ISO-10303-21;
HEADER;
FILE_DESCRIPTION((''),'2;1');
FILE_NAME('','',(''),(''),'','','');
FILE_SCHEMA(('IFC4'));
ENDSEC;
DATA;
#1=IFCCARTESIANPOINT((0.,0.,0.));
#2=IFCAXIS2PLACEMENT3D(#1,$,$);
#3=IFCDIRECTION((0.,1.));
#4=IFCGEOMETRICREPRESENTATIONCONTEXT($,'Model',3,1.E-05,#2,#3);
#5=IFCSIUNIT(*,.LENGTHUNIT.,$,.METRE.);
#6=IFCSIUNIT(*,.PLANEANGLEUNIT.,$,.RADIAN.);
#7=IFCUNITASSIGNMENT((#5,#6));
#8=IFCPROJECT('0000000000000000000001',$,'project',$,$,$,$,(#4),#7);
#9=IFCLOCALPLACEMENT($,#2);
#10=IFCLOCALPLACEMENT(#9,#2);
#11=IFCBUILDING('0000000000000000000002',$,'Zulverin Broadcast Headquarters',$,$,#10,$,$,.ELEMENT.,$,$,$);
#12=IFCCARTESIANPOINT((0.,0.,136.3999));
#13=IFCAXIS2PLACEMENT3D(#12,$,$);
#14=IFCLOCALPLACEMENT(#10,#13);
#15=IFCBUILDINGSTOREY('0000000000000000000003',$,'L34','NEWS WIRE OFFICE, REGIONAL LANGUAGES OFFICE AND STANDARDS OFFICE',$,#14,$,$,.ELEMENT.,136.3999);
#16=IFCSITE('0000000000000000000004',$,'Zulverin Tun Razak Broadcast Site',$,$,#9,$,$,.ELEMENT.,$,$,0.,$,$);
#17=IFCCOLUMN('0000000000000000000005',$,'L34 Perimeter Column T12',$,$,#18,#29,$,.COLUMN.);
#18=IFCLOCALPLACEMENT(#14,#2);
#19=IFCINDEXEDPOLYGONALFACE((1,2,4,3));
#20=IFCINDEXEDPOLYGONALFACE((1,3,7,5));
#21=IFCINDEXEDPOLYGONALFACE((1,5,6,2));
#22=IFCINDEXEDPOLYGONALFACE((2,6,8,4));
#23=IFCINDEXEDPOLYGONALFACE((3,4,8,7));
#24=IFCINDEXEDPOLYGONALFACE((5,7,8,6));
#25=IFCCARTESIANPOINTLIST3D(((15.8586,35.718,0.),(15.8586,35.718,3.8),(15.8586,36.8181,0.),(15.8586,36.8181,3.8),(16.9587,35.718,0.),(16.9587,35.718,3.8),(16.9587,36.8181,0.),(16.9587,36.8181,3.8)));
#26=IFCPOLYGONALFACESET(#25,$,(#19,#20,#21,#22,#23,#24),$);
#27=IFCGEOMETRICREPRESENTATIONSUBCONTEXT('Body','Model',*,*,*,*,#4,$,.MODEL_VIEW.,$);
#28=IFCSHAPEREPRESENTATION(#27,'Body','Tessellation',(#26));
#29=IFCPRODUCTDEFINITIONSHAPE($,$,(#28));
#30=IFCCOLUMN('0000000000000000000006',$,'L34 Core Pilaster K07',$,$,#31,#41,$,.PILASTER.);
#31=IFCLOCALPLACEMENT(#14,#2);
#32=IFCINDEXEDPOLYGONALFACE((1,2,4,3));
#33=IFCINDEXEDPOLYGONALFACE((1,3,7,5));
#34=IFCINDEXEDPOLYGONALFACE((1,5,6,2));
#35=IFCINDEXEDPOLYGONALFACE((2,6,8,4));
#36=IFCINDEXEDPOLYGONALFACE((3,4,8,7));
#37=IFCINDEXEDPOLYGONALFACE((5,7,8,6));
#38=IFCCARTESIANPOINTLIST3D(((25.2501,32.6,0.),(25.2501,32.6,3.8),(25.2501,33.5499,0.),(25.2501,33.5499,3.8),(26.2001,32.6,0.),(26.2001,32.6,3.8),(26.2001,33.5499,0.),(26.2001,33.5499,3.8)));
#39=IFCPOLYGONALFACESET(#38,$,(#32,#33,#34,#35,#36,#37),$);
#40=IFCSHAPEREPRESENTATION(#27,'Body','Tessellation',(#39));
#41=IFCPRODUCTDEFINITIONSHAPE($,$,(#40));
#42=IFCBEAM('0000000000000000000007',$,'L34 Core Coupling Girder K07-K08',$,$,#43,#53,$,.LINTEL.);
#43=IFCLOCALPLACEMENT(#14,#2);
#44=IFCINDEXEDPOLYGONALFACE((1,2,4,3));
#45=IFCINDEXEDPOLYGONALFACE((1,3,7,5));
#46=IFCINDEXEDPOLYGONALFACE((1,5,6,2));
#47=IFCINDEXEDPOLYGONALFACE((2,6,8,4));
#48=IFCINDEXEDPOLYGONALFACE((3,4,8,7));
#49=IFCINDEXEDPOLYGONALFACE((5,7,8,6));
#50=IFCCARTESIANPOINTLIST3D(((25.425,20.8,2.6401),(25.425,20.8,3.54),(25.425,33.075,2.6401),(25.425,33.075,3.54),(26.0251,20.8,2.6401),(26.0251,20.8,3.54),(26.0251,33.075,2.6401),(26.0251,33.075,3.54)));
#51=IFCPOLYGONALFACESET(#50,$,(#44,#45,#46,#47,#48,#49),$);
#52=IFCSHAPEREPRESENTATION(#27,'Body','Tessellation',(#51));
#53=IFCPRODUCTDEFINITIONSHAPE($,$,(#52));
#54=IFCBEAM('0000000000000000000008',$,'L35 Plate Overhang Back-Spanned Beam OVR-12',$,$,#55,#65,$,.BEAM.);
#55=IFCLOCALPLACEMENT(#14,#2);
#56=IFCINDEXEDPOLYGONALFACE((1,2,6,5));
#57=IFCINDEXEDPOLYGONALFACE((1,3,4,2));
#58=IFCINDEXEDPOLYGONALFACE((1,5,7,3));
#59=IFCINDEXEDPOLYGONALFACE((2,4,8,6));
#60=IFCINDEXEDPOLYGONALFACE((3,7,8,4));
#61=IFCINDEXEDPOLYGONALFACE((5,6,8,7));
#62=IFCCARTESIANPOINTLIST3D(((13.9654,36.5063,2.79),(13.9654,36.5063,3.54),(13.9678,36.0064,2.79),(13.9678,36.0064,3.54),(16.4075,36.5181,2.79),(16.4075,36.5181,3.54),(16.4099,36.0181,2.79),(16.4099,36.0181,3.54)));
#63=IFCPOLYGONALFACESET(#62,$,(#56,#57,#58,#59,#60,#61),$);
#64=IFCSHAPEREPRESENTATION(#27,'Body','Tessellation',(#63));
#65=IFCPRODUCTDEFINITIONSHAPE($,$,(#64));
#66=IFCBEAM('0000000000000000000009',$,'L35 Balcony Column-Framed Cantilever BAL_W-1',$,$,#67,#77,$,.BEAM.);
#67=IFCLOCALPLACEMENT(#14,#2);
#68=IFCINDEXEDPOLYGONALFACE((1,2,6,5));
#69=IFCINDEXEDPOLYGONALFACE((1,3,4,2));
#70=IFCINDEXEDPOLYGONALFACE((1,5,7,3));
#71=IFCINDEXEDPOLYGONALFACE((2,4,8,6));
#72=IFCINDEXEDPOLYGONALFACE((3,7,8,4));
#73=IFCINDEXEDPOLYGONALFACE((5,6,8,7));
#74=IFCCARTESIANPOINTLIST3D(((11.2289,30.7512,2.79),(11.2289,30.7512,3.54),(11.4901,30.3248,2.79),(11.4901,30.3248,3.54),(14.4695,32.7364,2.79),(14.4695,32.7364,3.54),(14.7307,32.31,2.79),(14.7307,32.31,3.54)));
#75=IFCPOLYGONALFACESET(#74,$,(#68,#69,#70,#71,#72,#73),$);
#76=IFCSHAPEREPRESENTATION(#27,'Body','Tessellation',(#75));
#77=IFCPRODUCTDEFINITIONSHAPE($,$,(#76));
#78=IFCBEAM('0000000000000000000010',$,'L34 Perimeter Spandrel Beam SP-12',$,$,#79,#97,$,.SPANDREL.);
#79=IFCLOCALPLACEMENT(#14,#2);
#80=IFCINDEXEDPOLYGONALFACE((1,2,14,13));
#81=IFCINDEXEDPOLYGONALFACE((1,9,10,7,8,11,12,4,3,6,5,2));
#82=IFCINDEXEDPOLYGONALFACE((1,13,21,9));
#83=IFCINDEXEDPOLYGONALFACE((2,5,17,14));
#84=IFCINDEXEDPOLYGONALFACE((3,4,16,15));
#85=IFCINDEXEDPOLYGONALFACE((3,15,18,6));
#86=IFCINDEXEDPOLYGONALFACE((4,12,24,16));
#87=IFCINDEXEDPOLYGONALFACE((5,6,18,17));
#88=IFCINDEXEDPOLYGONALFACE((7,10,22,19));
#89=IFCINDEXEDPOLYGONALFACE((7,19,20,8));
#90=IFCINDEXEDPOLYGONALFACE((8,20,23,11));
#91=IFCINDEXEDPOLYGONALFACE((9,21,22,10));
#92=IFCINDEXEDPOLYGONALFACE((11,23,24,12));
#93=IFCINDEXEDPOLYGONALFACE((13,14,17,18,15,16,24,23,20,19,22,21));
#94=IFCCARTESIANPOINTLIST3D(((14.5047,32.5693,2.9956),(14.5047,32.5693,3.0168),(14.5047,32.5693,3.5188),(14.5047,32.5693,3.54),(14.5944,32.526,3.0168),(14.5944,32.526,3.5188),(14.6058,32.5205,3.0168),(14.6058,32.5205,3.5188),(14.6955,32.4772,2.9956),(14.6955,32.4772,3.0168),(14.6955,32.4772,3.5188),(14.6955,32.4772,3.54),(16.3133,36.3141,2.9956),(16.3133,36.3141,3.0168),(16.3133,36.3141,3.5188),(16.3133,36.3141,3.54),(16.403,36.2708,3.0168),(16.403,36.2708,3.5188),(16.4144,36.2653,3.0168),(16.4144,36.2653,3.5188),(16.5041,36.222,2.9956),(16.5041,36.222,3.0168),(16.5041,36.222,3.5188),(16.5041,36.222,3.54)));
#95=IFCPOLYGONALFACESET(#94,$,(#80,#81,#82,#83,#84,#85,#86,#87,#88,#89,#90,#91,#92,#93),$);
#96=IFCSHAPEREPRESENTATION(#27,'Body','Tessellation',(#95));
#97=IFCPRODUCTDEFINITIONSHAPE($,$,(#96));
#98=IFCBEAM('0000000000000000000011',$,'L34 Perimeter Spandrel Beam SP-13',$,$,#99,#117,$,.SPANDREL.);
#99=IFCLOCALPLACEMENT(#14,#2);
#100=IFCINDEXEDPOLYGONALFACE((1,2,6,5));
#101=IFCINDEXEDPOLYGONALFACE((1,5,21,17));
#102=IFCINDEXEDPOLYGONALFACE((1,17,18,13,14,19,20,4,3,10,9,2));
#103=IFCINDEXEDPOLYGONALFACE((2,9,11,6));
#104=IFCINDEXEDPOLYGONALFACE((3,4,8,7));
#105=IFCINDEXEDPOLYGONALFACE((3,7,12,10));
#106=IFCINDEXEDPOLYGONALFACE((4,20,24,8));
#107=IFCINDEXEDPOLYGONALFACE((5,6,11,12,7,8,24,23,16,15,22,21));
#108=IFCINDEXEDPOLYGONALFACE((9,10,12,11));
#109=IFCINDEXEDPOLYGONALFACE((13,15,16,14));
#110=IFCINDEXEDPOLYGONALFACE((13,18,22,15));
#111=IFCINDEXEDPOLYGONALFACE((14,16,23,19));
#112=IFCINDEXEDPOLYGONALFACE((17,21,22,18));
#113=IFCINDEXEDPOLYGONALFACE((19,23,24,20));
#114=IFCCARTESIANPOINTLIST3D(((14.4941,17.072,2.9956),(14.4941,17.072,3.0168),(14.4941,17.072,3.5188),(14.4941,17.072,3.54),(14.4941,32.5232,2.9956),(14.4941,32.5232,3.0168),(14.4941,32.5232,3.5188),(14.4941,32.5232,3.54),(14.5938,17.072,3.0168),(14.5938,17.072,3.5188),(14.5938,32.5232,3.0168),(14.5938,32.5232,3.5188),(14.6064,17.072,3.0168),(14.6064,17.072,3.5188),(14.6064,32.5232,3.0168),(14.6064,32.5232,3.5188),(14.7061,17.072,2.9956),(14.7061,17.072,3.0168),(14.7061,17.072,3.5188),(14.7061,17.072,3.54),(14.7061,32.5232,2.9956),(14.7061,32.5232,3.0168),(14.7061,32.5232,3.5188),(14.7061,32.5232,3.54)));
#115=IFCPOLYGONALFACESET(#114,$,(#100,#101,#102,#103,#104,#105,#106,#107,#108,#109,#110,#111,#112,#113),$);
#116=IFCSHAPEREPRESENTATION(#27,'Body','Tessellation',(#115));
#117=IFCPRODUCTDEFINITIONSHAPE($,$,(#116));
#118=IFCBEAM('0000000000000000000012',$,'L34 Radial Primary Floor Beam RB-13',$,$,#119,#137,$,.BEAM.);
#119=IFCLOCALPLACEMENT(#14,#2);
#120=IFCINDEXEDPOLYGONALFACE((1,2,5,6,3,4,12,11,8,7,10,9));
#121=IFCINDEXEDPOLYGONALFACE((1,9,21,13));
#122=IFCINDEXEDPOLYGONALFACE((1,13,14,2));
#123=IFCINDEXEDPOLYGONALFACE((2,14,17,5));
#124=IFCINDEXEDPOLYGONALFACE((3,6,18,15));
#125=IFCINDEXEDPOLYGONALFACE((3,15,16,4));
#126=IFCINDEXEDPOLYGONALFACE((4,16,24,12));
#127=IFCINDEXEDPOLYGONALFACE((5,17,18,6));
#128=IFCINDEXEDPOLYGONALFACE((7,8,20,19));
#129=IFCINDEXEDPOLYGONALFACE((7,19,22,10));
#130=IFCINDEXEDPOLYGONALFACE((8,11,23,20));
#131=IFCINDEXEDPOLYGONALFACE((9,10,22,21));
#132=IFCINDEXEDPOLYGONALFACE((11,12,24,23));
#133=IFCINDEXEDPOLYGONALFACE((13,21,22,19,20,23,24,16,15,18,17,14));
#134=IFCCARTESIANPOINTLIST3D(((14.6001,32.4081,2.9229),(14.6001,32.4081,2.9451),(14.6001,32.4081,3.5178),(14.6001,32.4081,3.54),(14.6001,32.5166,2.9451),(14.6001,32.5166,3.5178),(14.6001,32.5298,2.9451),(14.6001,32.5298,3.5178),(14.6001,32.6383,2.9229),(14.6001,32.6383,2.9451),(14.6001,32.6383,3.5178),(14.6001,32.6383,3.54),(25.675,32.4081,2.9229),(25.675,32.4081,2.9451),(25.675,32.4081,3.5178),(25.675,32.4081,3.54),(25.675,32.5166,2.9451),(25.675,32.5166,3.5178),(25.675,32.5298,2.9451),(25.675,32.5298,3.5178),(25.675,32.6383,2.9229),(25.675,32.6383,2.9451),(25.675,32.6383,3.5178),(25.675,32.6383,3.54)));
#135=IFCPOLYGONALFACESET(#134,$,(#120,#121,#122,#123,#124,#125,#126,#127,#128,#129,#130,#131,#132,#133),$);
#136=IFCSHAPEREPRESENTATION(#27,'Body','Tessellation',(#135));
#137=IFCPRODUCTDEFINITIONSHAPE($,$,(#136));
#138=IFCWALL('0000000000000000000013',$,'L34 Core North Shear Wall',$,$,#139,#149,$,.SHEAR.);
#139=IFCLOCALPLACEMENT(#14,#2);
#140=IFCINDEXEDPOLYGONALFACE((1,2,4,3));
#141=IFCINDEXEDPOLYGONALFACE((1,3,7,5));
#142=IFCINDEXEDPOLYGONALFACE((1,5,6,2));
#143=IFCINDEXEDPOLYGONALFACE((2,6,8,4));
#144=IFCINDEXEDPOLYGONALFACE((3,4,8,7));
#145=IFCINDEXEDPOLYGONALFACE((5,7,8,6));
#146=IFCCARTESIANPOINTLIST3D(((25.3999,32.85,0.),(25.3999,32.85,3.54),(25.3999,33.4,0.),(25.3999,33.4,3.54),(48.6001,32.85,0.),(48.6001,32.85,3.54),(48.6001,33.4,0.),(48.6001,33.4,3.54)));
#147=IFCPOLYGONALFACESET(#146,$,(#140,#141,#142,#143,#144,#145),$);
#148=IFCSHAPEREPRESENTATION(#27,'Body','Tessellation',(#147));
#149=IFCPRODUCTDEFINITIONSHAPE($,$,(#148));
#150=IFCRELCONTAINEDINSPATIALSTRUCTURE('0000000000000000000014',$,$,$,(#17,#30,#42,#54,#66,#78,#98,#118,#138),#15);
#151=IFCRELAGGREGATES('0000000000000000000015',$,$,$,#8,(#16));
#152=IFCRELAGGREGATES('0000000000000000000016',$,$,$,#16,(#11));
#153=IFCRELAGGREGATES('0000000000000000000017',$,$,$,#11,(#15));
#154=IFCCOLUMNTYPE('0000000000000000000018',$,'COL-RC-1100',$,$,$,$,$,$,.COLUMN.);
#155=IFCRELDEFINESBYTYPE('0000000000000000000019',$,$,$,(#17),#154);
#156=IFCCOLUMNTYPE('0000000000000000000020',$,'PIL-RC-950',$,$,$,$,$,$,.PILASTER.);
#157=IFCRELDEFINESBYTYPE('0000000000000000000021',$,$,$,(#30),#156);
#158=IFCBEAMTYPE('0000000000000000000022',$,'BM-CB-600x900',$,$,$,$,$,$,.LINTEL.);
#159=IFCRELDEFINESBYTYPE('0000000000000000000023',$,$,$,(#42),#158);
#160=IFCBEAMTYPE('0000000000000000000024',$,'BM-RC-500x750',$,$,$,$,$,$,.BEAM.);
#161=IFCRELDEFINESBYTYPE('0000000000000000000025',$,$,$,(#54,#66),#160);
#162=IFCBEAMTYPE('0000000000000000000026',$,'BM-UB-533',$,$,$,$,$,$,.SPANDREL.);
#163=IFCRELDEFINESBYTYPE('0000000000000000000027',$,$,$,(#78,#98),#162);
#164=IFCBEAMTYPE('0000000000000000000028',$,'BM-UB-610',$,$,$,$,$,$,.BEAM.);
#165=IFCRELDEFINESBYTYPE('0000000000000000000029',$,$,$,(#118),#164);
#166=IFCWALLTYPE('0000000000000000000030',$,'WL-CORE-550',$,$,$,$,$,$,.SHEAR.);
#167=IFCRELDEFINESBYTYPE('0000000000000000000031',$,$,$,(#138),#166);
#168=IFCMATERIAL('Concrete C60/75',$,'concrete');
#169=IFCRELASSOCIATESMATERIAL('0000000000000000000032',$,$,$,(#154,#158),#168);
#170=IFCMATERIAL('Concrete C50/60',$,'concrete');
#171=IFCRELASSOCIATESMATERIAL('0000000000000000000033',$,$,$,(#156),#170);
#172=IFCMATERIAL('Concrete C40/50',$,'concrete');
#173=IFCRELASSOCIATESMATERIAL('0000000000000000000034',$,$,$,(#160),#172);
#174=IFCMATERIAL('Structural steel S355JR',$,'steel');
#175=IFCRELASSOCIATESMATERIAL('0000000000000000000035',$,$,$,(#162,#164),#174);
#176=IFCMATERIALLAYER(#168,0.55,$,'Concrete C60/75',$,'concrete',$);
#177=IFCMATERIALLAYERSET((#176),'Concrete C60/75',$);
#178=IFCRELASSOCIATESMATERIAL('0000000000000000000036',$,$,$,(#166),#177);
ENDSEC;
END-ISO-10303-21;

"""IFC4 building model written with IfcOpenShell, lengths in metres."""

from ifc_helpers import new_model, si_unit, direction, frame, frame_2d, origin, origin_2d, place, context, subcontext, project, spatial, rectangle, i_section, extrude, material, layer, layer_set, material_profile, profile_set, type_object, element, save


model = new_model("IFC4")

# Units and contexts
model_context = context("Model", 3, precision=1e-05, world=origin(), true_north=direction((0.0, 1.0)))
body_context = subcontext(model_context, "Body", "Model", "MODEL_VIEW")
ifc_project = project(units=[si_unit("LENGTHUNIT", "METRE"), si_unit("PLANEANGLEUNIT", "RADIAN")], contexts=[model_context])

# Site, building, storey
site_placement = place(None, origin())
site = spatial("IfcSite", under=ifc_project, at=site_placement, Name="Zulverin Tun Razak Broadcast Site", CompositionType="ELEMENT", RefElevation=0.0)
building_placement = place(site_placement, origin())
building = spatial("IfcBuilding", under=site, at=building_placement, Name="Zulverin Broadcast Headquarters", CompositionType="ELEMENT")
storey_placement = place(building_placement, frame((0.0, 0.0, 136.3999)))
storey = spatial("IfcBuildingStorey", under=building, at=storey_placement, Name="L34", Description="NEWS WIRE OFFICE, REGIONAL LANGUAGES OFFICE AND STANDARDS OFFICE", CompositionType="ELEMENT", Elevation=136.3999)

# Columns
ifc_material_1 = material(Name="Concrete C60/75", Category="concrete")
ifc_material_profile_1 = material_profile(ifc_material_1, rectangle(XDim=1.1001, YDim=1.1001, at=origin_2d()), Name="Concrete C60/75", Category="concrete")
ifc_profile_set_1 = profile_set([ifc_material_profile_1], Name="Concrete C60/75")
column_type_1 = type_object("IfcColumnType", Name="COL-RC-1100", PredefinedType="COLUMN", material=ifc_profile_set_1)
column_1_placement = place(storey_placement, frame((16.4087, 36.2681, 0.0), z_axis=(0.0, 0.0, 1.0), x_axis=(1.0, 0.0, 0.0)))
element("IfcColumn", 1, at=column_1_placement, inside=storey, type_object=column_type_1, Name="L34 Perimeter Column T12", PredefinedType="COLUMN", context=body_context, shape_type="SweptSolid", body=[
    extrude(rectangle(XDim=1.1001, YDim=1.1001, at=origin_2d()), origin(), (0.0, 0.0, 1.0), 3.8),
])
ifc_material_2 = material(Name="Concrete C50/60", Category="concrete")
ifc_material_profile_2 = material_profile(ifc_material_2, rectangle(XDim=0.95, YDim=0.95, at=origin_2d()), Name="Concrete C50/60", Category="concrete")
ifc_profile_set_2 = profile_set([ifc_material_profile_2], Name="Concrete C50/60")
column_type_2 = type_object("IfcColumnType", Name="PIL-RC-950", PredefinedType="PILASTER", material=ifc_profile_set_2)
column_2_placement = place(storey_placement, frame((25.7251, 33.075, 0.0), z_axis=(0.0, 0.0, 1.0), x_axis=(1.0, 0.0, 0.0)))
element("IfcColumn", 2, at=column_2_placement, inside=storey, type_object=column_type_2, Name="L34 Core Pilaster K07", PredefinedType="PILASTER", context=body_context, shape_type="SweptSolid", body=[
    extrude(rectangle(XDim=0.95, YDim=0.95, at=origin_2d()), origin(), (0.0, 0.0, 1.0), 3.8),
])

# Beams
ifc_material_profile_3 = material_profile(ifc_material_1, rectangle(XDim=0.6001, YDim=0.8999, at=origin_2d()), Name="Concrete C60/75", Category="concrete")
ifc_profile_set_3 = profile_set([ifc_material_profile_3], Name="Concrete C60/75")
beam_type_1 = type_object("IfcBeamType", Name="BM-CB-600x900", PredefinedType="LINTEL", material=ifc_profile_set_3)
beam_1_placement = place(storey_placement, frame((25.7251, 33.075, 3.0901), z_axis=(0.0, -1.0, 0.0), x_axis=(1.0, 0.0, 0.0)))
element("IfcBeam", 3, at=beam_1_placement, inside=storey, type_object=beam_type_1, Name="L34 Core Coupling Girder K07-K08", PredefinedType="LINTEL", context=body_context, shape_type="SweptSolid", body=[
    extrude(rectangle(XDim=0.6001, YDim=0.8999, at=origin_2d()), origin(), (0.0, 0.0, 1.0), 12.2749),
])
ifc_material_3 = material(Name="Concrete C40/50", Category="concrete")
ifc_material_profile_4 = material_profile(ifc_material_3, rectangle(XDim=0.5, YDim=0.75, at=origin_2d()), Name="Concrete C40/50", Category="concrete")
ifc_profile_set_4 = profile_set([ifc_material_profile_4], Name="Concrete C40/50")
beam_type_2 = type_object("IfcBeamType", Name="BM-RC-500x750", PredefinedType="BEAM", material=ifc_profile_set_4)
beam_2_placement = place(storey_placement, frame((16.4087, 36.2681, 3.165), z_axis=(-0.999988, -0.004799, 0.0), x_axis=(0.004799, -0.999988, 0.0)))
element("IfcBeam", 4, at=beam_2_placement, inside=storey, type_object=beam_type_2, Name="L35 Plate Overhang Back-Spanned Beam OVR-12", PredefinedType="BEAM", context=body_context, shape_type="SweptSolid", body=[
    extrude(rectangle(XDim=0.5, YDim=0.75, at=origin_2d()), origin(), (0.0, 0.0, 1.0), 2.4421),
])
beam_3_placement = place(storey_placement, frame((14.6001, 32.5232, 3.165), z_axis=(-0.852718, -0.522372, 0.0), x_axis=(0.522372, -0.852718, 0.0)))
element("IfcBeam", 5, at=beam_3_placement, inside=storey, type_object=beam_type_2, Name="L35 Balcony Column-Framed Cantilever BAL_W-1", PredefinedType="BEAM", context=body_context, shape_type="SweptSolid", body=[
    extrude(rectangle(XDim=0.5, YDim=0.75, at=origin_2d()), origin(), (0.0, 0.0, 1.0), 3.8003),
])
ifc_material_4 = material(Name="Structural steel S355JR", Category="steel")
ifc_material_profile_5 = material_profile(ifc_material_4, i_section(OverallWidth=0.2119, OverallDepth=0.5444, WebThickness=0.0127, FlangeThickness=0.0212, at=origin_2d()), Name="Structural steel S355JR", Category="steel")
ifc_profile_set_5 = profile_set([ifc_material_profile_5], Name="Structural steel S355JR")
beam_type_3 = type_object("IfcBeamType", Name="BM-UB-533", PredefinedType="SPANDREL", material=ifc_profile_set_5)
beam_4_placement = place(storey_placement, frame((16.4087, 36.2681, 3.2678), z_axis=(-0.43489, -0.900483, 0.0), x_axis=(0.900483, -0.43489, 0.0)))
element("IfcBeam", 6, at=beam_4_placement, inside=storey, type_object=beam_type_3, Name="L34 Perimeter Spandrel Beam SP-12", PredefinedType="SPANDREL", context=body_context, shape_type="SweptSolid", body=[
    extrude(i_section(OverallWidth=0.2119, OverallDepth=0.5444, WebThickness=0.0127, FlangeThickness=0.0212, at=origin_2d()), origin(), (0.0, 0.0, 1.0), 4.1587),
])
beam_5_placement = place(storey_placement, frame((14.6001, 32.5232, 3.2678), z_axis=(0.0, -1.0, 0.0), x_axis=(1.0, 0.0, 0.0)))
element("IfcBeam", 7, at=beam_5_placement, inside=storey, type_object=beam_type_3, Name="L34 Perimeter Spandrel Beam SP-13", PredefinedType="SPANDREL", context=body_context, shape_type="SweptSolid", body=[
    extrude(i_section(OverallWidth=0.2119, OverallDepth=0.5444, WebThickness=0.0127, FlangeThickness=0.0212, at=origin_2d()), origin(), (0.0, 0.0, 1.0), 15.4512),
])
ifc_material_profile_6 = material_profile(ifc_material_4, i_section(OverallWidth=0.2302, OverallDepth=0.6172, WebThickness=0.0132, FlangeThickness=0.0222, at=origin_2d()), Name="Structural steel S355JR", Category="steel")
ifc_profile_set_6 = profile_set([ifc_material_profile_6], Name="Structural steel S355JR")
beam_type_4 = type_object("IfcBeamType", Name="BM-UB-610", PredefinedType="BEAM", material=ifc_profile_set_6)
beam_6_placement = place(storey_placement, frame((25.675, 32.5232, 3.2314), z_axis=(-1.0, 0.0, 0.0), x_axis=(0.0, -1.0, 0.0)))
element("IfcBeam", 8, at=beam_6_placement, inside=storey, type_object=beam_type_4, Name="L34 Radial Primary Floor Beam RB-13", PredefinedType="BEAM", context=body_context, shape_type="SweptSolid", body=[
    extrude(i_section(OverallWidth=0.2302, OverallDepth=0.6172, WebThickness=0.0132, FlangeThickness=0.0222, at=origin_2d()), origin(), (0.0, 0.0, 1.0), 11.075),
])

# Wall
ifc_layer_1 = layer(ifc_material_1, 0.55, Name="Concrete C60/75", Category="concrete")
ifc_layer_set_1 = layer_set([ifc_layer_1], Name="Concrete C60/75")
wall_type_1 = type_object("IfcWallType", Name="WL-CORE-550", PredefinedType="SHEAR", material=ifc_layer_set_1)
wall_1_placement = place(storey_placement, frame((25.3999, 33.125, 0.0), z_axis=(0.0, 0.0, 1.0), x_axis=(1.0, 0.0, 0.0)))
element("IfcWall", 9, at=wall_1_placement, inside=storey, type_object=wall_type_1, Name="L34 Core North Shear Wall", PredefinedType="SHEAR", context=body_context, shape_type="SweptSolid", body=[
    extrude(rectangle(XDim=23.2002, YDim=0.55, at=frame_2d((11.6001, 0.0))), origin(), (0.0, 0.0, 1.0), 3.54),
])

save(model, "model.ifc")
